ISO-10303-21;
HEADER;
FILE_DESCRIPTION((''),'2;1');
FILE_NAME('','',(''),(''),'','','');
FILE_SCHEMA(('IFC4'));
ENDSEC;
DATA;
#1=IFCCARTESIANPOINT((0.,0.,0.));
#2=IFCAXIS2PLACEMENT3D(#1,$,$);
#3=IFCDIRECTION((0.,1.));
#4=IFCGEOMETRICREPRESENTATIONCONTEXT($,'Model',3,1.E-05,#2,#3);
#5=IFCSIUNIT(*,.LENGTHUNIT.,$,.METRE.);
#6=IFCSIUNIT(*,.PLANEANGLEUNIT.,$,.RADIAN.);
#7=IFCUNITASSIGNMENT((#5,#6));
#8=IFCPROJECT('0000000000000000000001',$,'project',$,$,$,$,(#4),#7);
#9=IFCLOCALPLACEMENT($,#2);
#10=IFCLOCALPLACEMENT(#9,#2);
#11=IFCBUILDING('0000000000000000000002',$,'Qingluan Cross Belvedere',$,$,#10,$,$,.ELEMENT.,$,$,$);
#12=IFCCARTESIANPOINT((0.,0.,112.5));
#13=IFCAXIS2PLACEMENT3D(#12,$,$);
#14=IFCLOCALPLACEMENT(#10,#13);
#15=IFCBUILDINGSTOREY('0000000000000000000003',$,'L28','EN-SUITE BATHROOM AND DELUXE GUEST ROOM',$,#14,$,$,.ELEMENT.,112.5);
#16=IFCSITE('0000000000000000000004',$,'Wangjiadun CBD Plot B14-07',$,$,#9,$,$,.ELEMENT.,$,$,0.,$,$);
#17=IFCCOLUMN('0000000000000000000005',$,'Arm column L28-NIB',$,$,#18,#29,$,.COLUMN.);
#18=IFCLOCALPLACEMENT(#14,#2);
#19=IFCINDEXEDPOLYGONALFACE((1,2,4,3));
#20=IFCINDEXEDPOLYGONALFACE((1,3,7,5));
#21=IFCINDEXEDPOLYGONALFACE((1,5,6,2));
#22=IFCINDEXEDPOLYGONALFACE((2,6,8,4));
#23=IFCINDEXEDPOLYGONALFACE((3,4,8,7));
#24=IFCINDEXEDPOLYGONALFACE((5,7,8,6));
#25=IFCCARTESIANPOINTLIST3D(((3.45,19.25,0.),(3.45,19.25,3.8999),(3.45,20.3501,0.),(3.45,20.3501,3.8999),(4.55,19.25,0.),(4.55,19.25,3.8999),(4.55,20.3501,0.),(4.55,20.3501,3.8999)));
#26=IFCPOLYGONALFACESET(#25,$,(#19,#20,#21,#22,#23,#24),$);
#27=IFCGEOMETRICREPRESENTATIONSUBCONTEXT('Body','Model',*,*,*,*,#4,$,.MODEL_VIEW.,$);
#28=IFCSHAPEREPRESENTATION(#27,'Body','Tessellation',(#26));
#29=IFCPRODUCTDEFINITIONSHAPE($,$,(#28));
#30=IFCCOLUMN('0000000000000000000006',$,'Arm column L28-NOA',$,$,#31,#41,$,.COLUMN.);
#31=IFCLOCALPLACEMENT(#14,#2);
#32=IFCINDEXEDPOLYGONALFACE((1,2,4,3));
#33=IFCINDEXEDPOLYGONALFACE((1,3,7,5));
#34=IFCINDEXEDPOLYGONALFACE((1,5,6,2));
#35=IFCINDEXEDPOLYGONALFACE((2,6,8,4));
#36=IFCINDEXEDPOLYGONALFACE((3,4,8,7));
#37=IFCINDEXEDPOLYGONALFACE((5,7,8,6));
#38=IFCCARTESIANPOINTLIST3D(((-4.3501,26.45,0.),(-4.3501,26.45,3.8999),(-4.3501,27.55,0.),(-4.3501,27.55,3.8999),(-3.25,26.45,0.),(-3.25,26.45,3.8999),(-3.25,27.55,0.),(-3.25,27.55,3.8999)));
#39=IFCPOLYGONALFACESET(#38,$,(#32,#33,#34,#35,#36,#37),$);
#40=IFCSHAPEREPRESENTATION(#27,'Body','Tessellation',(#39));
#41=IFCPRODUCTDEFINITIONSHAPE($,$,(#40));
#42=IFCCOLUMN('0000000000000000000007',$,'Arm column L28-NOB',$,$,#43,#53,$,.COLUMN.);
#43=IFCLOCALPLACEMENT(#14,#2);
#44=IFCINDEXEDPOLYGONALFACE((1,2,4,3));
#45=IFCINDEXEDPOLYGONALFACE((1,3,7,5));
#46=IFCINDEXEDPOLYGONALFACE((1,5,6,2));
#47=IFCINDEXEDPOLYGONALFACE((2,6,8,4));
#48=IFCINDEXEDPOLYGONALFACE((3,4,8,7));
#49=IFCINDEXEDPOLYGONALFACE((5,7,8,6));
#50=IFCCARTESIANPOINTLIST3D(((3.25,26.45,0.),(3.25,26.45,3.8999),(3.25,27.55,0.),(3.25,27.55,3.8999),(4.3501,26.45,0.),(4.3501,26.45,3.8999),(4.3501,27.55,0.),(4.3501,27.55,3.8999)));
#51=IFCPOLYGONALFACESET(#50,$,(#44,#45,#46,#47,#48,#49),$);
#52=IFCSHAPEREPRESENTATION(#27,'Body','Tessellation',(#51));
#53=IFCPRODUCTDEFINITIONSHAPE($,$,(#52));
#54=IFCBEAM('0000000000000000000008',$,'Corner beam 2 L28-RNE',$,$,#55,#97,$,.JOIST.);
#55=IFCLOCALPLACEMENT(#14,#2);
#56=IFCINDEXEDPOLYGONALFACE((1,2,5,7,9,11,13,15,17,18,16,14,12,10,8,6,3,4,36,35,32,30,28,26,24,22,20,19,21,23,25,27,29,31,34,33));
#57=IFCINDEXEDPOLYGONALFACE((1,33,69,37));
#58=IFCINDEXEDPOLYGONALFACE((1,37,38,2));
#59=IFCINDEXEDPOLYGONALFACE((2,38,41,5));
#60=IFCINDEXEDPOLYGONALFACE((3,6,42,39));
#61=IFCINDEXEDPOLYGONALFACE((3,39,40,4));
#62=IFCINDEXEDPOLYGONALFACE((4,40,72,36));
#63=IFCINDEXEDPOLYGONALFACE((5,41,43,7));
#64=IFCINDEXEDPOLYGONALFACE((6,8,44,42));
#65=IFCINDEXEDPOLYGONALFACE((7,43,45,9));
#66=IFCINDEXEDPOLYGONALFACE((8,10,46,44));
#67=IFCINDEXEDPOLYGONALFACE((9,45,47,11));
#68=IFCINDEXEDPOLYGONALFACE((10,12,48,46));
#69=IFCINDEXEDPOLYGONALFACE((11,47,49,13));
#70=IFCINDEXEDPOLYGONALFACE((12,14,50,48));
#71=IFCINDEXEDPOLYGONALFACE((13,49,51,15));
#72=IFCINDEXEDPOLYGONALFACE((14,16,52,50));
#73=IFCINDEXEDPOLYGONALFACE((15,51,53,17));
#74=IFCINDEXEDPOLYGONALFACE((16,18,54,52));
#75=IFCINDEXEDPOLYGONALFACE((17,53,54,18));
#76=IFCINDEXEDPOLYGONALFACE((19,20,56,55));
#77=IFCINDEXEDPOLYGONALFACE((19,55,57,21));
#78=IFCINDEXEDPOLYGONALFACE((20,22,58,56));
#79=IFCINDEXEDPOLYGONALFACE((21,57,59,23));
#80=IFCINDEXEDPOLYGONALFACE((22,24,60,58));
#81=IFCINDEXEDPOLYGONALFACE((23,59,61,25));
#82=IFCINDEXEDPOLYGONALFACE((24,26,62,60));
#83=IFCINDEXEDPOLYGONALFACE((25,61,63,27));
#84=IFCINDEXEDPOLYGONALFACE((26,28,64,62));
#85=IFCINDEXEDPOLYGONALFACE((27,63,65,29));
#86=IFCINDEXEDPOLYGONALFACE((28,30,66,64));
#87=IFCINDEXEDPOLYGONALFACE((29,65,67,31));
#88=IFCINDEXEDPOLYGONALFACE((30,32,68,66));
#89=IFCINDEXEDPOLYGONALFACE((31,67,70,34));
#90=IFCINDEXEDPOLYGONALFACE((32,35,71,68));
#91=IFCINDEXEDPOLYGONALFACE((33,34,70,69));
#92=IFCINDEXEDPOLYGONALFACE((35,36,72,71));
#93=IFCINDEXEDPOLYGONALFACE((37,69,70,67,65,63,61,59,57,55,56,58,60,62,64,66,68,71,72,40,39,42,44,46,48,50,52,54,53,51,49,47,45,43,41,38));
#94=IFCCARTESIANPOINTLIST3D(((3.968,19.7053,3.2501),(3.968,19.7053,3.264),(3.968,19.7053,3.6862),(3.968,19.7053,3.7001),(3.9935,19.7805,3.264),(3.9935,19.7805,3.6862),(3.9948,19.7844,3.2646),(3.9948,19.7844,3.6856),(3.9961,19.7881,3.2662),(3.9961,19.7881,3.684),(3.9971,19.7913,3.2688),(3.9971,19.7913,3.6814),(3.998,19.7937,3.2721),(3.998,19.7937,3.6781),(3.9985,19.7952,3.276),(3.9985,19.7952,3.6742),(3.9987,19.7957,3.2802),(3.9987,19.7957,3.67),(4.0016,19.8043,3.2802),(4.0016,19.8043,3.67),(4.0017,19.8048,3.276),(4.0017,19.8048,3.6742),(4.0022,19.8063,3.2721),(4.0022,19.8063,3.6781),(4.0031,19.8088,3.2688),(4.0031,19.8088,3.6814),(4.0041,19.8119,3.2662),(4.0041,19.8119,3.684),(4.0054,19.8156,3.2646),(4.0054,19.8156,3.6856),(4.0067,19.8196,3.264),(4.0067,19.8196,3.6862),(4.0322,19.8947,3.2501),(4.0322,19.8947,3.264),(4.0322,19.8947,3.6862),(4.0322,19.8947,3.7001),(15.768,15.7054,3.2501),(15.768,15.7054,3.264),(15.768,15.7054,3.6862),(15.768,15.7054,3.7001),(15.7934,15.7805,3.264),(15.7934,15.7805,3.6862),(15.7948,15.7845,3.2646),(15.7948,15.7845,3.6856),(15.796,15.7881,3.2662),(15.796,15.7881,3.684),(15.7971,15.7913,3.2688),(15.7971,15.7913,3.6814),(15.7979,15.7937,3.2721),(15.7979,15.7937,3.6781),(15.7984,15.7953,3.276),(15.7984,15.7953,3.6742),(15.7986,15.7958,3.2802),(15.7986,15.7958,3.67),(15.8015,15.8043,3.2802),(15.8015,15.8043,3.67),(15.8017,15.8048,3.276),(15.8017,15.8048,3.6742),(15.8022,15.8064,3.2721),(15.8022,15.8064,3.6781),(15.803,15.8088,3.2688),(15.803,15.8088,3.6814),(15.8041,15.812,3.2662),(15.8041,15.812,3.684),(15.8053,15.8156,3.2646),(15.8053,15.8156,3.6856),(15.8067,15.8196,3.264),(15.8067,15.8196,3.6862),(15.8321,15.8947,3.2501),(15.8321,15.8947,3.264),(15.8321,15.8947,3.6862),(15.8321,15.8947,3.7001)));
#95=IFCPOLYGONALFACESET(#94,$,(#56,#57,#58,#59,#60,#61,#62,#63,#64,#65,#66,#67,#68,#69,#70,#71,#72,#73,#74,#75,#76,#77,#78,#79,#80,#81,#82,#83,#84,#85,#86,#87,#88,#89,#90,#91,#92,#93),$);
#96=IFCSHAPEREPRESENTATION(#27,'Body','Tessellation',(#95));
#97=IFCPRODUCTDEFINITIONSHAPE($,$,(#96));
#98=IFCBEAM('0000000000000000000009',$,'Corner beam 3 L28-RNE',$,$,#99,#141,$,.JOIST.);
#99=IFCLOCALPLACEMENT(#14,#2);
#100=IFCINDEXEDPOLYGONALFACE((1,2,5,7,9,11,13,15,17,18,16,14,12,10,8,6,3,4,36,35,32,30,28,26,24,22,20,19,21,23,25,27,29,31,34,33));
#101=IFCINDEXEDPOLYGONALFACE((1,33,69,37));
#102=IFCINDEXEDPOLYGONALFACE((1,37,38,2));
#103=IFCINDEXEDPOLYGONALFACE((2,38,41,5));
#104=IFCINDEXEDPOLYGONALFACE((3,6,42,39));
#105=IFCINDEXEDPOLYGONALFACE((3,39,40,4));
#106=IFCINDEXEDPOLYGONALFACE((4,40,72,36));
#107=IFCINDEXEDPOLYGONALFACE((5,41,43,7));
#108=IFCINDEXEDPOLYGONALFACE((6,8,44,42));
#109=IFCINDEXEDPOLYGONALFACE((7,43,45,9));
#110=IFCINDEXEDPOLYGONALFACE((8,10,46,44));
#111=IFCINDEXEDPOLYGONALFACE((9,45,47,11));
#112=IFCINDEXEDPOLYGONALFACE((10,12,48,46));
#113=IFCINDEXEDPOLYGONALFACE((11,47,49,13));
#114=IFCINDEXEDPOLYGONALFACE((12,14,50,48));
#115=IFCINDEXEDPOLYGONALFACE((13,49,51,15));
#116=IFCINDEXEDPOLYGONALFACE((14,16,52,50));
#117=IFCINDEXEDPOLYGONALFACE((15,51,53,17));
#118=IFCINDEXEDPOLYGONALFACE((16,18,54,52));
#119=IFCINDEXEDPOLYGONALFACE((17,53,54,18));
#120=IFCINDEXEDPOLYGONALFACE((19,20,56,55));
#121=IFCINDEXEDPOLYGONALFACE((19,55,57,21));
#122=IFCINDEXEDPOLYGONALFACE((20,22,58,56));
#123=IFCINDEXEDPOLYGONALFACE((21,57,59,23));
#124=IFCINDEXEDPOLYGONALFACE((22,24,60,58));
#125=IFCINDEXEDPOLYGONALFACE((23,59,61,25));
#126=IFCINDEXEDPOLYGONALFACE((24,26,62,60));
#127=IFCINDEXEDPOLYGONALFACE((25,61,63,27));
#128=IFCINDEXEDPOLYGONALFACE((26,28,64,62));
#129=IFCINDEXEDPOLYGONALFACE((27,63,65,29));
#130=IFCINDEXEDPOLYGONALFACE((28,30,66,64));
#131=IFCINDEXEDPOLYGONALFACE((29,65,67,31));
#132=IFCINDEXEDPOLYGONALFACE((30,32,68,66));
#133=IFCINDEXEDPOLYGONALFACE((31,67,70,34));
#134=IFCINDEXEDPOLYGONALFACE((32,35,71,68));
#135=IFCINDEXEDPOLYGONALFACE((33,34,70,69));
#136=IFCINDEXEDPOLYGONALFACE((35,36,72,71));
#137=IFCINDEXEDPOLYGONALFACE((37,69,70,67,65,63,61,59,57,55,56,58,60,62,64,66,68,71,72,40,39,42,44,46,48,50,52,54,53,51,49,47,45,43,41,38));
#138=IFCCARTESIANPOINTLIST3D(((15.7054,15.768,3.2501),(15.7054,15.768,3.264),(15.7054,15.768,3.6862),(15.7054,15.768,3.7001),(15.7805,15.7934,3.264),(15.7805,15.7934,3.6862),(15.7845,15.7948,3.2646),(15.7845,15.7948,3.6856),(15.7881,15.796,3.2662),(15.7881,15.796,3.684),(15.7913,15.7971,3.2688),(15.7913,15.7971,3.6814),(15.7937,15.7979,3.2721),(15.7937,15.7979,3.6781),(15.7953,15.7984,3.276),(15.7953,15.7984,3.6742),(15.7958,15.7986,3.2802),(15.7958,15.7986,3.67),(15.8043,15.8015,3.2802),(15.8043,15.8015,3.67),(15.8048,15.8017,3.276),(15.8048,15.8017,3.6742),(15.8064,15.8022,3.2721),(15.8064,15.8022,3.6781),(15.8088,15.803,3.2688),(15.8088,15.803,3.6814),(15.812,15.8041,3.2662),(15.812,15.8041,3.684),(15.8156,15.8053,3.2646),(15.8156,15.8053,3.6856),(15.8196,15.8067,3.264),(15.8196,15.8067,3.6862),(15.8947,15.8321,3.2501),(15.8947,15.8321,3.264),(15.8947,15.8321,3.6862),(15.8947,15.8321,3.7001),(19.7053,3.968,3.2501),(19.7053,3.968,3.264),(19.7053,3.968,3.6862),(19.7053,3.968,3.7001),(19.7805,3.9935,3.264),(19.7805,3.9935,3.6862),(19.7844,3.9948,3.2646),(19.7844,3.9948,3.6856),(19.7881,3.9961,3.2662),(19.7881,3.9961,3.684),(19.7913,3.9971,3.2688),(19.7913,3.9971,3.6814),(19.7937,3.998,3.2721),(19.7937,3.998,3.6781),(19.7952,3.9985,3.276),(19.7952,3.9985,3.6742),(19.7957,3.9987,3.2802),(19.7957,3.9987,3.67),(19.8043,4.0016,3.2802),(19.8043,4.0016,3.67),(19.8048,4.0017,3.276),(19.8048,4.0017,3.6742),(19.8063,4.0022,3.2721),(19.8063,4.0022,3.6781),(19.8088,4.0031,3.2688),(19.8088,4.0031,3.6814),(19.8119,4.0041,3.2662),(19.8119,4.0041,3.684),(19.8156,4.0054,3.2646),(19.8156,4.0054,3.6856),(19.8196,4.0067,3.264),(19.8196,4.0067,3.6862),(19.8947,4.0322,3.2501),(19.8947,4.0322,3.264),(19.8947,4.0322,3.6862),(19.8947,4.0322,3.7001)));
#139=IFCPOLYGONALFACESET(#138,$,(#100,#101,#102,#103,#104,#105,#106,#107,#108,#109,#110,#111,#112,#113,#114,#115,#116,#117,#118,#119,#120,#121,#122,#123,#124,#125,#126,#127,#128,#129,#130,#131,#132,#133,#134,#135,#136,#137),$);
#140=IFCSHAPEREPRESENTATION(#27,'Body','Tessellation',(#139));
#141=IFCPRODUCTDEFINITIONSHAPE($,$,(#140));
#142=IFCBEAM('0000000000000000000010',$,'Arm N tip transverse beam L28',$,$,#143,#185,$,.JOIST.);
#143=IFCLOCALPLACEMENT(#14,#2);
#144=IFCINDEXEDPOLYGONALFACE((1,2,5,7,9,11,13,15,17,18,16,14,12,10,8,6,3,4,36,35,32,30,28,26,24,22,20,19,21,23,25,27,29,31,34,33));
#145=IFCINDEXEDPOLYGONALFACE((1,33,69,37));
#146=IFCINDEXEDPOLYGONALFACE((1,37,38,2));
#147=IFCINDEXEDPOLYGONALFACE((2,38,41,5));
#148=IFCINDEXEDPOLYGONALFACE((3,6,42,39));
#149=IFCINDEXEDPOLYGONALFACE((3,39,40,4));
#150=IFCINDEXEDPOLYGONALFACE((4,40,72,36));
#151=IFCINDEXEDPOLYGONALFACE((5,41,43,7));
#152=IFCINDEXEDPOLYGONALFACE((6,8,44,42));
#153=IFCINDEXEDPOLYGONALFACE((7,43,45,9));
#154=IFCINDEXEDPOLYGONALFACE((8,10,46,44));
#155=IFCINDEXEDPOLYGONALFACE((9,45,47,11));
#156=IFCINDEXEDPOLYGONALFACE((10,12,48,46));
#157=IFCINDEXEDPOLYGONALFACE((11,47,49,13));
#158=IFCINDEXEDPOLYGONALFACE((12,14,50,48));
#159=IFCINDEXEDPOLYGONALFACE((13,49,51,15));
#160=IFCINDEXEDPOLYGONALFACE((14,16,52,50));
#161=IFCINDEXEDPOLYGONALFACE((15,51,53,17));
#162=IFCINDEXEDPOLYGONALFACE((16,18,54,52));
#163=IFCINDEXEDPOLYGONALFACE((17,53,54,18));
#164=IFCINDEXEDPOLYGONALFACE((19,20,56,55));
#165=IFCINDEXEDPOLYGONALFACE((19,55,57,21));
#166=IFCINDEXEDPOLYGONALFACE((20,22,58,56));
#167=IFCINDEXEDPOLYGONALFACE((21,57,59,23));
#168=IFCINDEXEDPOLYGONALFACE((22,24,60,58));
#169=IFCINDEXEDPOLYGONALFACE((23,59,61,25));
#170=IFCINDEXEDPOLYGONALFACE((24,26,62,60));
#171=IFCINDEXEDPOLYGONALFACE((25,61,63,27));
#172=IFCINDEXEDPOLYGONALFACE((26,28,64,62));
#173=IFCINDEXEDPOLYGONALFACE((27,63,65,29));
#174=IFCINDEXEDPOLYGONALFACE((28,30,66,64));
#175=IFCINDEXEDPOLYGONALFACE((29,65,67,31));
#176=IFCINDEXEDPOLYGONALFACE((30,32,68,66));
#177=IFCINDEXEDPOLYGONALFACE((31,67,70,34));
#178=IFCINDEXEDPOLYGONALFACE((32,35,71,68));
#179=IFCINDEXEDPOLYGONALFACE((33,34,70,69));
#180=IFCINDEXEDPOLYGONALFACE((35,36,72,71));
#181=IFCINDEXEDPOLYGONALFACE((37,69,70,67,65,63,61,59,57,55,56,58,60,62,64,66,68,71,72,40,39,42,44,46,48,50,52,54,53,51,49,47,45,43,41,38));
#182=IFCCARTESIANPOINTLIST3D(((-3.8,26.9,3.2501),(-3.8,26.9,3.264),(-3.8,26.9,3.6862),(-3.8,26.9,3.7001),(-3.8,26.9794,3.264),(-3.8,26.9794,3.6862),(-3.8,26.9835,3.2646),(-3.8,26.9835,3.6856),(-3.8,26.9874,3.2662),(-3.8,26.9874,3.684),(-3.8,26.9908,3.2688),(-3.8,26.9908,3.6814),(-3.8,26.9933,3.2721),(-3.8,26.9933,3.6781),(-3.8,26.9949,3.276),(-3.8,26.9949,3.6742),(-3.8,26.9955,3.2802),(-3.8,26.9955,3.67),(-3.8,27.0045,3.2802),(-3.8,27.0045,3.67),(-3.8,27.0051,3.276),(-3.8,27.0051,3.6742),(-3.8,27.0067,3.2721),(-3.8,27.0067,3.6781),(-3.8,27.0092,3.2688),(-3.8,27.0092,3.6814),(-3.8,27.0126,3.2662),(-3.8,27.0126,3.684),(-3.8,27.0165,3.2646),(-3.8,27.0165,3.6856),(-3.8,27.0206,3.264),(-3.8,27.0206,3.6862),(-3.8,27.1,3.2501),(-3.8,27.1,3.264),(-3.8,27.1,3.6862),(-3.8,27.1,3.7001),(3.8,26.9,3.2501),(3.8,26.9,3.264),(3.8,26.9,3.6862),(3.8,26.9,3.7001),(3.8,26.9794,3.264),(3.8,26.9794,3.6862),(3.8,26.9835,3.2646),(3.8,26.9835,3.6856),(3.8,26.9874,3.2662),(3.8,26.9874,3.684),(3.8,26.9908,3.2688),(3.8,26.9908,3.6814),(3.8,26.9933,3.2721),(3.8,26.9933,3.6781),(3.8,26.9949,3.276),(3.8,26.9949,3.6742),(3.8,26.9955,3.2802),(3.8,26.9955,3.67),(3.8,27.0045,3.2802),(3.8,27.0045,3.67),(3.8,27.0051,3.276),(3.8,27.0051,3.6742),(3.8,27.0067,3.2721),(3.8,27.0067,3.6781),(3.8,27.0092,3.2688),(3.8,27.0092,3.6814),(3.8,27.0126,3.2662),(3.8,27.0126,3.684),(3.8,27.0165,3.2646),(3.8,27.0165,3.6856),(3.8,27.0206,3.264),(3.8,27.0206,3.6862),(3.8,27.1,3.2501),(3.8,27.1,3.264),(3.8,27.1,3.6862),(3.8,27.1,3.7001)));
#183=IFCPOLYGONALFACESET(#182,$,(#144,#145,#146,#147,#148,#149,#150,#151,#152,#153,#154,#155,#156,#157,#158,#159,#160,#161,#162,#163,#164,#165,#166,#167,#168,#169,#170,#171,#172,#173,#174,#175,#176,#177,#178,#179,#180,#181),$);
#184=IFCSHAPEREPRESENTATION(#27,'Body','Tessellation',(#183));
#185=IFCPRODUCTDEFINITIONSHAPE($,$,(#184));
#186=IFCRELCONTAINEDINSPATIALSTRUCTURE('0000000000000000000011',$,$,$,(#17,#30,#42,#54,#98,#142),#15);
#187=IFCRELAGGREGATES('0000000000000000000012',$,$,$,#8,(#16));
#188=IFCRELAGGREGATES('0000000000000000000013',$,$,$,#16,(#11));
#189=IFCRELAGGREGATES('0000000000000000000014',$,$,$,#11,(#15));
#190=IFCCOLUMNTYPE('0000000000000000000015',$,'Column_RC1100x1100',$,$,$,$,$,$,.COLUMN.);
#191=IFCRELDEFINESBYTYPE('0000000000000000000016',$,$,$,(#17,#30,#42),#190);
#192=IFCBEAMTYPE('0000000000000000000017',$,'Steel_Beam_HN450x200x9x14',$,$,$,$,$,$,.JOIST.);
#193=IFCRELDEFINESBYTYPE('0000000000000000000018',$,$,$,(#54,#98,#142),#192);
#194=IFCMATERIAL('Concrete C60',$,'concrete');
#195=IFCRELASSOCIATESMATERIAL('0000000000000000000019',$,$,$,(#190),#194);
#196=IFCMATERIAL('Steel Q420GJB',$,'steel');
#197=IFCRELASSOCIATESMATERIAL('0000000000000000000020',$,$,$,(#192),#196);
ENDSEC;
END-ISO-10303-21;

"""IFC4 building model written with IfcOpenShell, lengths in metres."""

from ifc_helpers import new_model, si_unit, direction, frame, origin, origin_2d, place, context, subcontext, project, spatial, rectangle, i_section, extrude, material, material_profile, profile_set, type_object, element, save


model = new_model("IFC4")

# Units and contexts
model_context = context("Model", 3, precision=1e-05, world=origin(), true_north=direction((0.0, 1.0)))
body_context = subcontext(model_context, "Body", "Model", "MODEL_VIEW")
ifc_project = project(units=[si_unit("LENGTHUNIT", "METRE"), si_unit("PLANEANGLEUNIT", "RADIAN")], contexts=[model_context])

# Site, building, storey
site_placement = place(None, origin())
site = spatial("IfcSite", under=ifc_project, at=site_placement, Name="Wangjiadun CBD Plot B14-07", CompositionType="ELEMENT", RefElevation=0.0)
building_placement = place(site_placement, origin())
building = spatial("IfcBuilding", under=site, at=building_placement, Name="Qingluan Cross Belvedere", CompositionType="ELEMENT")
storey_placement = place(building_placement, frame((0.0, 0.0, 112.5)))
storey = spatial("IfcBuildingStorey", under=building, at=storey_placement, Name="L28", Description="EN-SUITE BATHROOM AND DELUXE GUEST ROOM", CompositionType="ELEMENT", Elevation=112.5)

# Columns
ifc_material_1 = material(Name="Concrete C60", Category="concrete")
ifc_material_profile_1 = material_profile(ifc_material_1, rectangle(XDim=1.1001, YDim=1.1001, at=origin_2d()), Name="RC1100x1100")
ifc_profile_set_1 = profile_set([ifc_material_profile_1], Name="Concrete C60")
column_type = type_object("IfcColumnType", Name="Column_RC1100x1100", PredefinedType="COLUMN", material=ifc_profile_set_1)
for number, where, z_axis, x_axis, name in (
    (1, (4.0, 19.8, 0.0), (0.0, 0.0, 1.0), (1.0, 0.0, 0.0), "Arm column L28-NIB"),
    (2, (-3.8, 27.0, 0.0), (0.0, 0.0, 1.0), (1.0, 0.0, 0.0), "Arm column L28-NOA"),
    (3, (3.8, 27.0, 0.0), (0.0, 0.0, 1.0), (1.0, 0.0, 0.0), "Arm column L28-NOB"),
):
    element("IfcColumn", number, at=place(storey_placement, frame(where, z_axis=z_axis, x_axis=x_axis)), inside=storey, type_object=column_type, Name=name, PredefinedType="COLUMN", context=body_context, shape_type="SweptSolid", body=[
        extrude(rectangle(XDim=1.1001, YDim=1.1001, at=origin_2d()), origin(), (0.0, 0.0, 1.0), 3.8999),
    ])

# Beams
ifc_material_2 = material(Name="Steel Q420GJB", Category="steel")
ifc_material_profile_2 = material_profile(ifc_material_2, i_section(OverallWidth=0.2, OverallDepth=0.45, WebThickness=0.009, FlangeThickness=0.0139, FilletRadius=0.0161, at=origin_2d()), Name="HN450x200x9x14")
ifc_profile_set_2 = profile_set([ifc_material_profile_2], Name="Steel Q420GJB")
beam_type_1 = type_object("IfcBeamType", Name="Steel_Beam_HN450x200x9x14", PredefinedType="JOIST", material=ifc_profile_set_2)
for number, where, z_axis, x_axis, name in (
    (4, (15.8, 15.8, 3.4751), (-0.947066, 0.321038, 0.0), (-0.321038, -0.947066, 0.0), "Corner beam 2 L28-RNE"),
    (5, (15.8, 15.8, 3.4751), (0.321038, -0.947066, 0.0), (0.947066, 0.321038, 0.0), "Corner beam 3 L28-RNE"),
):
    element("IfcBeam", number, at=place(storey_placement, frame(where, z_axis=z_axis, x_axis=x_axis)), inside=storey, type_object=beam_type_1, Name=name, PredefinedType="JOIST", context=body_context, shape_type="SweptSolid", body=[
        extrude(i_section(OverallWidth=0.2, OverallDepth=0.45, WebThickness=0.009, FlangeThickness=0.0139, FilletRadius=0.0161, at=origin_2d()), origin(), (0.0, 0.0, 1.0), 12.4595),
    ])
beam_1_placement = place(storey_placement, frame((-3.8, 27.0, 3.4751), z_axis=(1.0, 0.0, 0.0), x_axis=(0.0, 1.0, 0.0)))
element("IfcBeam", 6, at=beam_1_placement, inside=storey, type_object=beam_type_1, Name="Arm N tip transverse beam L28", PredefinedType="JOIST", context=body_context, shape_type="SweptSolid", body=[
    extrude(i_section(OverallWidth=0.2, OverallDepth=0.45, WebThickness=0.009, FlangeThickness=0.0139, FilletRadius=0.0161, at=origin_2d()), origin(), (0.0, 0.0, 1.0), 7.6001),
])

save(model, "model.ifc")
